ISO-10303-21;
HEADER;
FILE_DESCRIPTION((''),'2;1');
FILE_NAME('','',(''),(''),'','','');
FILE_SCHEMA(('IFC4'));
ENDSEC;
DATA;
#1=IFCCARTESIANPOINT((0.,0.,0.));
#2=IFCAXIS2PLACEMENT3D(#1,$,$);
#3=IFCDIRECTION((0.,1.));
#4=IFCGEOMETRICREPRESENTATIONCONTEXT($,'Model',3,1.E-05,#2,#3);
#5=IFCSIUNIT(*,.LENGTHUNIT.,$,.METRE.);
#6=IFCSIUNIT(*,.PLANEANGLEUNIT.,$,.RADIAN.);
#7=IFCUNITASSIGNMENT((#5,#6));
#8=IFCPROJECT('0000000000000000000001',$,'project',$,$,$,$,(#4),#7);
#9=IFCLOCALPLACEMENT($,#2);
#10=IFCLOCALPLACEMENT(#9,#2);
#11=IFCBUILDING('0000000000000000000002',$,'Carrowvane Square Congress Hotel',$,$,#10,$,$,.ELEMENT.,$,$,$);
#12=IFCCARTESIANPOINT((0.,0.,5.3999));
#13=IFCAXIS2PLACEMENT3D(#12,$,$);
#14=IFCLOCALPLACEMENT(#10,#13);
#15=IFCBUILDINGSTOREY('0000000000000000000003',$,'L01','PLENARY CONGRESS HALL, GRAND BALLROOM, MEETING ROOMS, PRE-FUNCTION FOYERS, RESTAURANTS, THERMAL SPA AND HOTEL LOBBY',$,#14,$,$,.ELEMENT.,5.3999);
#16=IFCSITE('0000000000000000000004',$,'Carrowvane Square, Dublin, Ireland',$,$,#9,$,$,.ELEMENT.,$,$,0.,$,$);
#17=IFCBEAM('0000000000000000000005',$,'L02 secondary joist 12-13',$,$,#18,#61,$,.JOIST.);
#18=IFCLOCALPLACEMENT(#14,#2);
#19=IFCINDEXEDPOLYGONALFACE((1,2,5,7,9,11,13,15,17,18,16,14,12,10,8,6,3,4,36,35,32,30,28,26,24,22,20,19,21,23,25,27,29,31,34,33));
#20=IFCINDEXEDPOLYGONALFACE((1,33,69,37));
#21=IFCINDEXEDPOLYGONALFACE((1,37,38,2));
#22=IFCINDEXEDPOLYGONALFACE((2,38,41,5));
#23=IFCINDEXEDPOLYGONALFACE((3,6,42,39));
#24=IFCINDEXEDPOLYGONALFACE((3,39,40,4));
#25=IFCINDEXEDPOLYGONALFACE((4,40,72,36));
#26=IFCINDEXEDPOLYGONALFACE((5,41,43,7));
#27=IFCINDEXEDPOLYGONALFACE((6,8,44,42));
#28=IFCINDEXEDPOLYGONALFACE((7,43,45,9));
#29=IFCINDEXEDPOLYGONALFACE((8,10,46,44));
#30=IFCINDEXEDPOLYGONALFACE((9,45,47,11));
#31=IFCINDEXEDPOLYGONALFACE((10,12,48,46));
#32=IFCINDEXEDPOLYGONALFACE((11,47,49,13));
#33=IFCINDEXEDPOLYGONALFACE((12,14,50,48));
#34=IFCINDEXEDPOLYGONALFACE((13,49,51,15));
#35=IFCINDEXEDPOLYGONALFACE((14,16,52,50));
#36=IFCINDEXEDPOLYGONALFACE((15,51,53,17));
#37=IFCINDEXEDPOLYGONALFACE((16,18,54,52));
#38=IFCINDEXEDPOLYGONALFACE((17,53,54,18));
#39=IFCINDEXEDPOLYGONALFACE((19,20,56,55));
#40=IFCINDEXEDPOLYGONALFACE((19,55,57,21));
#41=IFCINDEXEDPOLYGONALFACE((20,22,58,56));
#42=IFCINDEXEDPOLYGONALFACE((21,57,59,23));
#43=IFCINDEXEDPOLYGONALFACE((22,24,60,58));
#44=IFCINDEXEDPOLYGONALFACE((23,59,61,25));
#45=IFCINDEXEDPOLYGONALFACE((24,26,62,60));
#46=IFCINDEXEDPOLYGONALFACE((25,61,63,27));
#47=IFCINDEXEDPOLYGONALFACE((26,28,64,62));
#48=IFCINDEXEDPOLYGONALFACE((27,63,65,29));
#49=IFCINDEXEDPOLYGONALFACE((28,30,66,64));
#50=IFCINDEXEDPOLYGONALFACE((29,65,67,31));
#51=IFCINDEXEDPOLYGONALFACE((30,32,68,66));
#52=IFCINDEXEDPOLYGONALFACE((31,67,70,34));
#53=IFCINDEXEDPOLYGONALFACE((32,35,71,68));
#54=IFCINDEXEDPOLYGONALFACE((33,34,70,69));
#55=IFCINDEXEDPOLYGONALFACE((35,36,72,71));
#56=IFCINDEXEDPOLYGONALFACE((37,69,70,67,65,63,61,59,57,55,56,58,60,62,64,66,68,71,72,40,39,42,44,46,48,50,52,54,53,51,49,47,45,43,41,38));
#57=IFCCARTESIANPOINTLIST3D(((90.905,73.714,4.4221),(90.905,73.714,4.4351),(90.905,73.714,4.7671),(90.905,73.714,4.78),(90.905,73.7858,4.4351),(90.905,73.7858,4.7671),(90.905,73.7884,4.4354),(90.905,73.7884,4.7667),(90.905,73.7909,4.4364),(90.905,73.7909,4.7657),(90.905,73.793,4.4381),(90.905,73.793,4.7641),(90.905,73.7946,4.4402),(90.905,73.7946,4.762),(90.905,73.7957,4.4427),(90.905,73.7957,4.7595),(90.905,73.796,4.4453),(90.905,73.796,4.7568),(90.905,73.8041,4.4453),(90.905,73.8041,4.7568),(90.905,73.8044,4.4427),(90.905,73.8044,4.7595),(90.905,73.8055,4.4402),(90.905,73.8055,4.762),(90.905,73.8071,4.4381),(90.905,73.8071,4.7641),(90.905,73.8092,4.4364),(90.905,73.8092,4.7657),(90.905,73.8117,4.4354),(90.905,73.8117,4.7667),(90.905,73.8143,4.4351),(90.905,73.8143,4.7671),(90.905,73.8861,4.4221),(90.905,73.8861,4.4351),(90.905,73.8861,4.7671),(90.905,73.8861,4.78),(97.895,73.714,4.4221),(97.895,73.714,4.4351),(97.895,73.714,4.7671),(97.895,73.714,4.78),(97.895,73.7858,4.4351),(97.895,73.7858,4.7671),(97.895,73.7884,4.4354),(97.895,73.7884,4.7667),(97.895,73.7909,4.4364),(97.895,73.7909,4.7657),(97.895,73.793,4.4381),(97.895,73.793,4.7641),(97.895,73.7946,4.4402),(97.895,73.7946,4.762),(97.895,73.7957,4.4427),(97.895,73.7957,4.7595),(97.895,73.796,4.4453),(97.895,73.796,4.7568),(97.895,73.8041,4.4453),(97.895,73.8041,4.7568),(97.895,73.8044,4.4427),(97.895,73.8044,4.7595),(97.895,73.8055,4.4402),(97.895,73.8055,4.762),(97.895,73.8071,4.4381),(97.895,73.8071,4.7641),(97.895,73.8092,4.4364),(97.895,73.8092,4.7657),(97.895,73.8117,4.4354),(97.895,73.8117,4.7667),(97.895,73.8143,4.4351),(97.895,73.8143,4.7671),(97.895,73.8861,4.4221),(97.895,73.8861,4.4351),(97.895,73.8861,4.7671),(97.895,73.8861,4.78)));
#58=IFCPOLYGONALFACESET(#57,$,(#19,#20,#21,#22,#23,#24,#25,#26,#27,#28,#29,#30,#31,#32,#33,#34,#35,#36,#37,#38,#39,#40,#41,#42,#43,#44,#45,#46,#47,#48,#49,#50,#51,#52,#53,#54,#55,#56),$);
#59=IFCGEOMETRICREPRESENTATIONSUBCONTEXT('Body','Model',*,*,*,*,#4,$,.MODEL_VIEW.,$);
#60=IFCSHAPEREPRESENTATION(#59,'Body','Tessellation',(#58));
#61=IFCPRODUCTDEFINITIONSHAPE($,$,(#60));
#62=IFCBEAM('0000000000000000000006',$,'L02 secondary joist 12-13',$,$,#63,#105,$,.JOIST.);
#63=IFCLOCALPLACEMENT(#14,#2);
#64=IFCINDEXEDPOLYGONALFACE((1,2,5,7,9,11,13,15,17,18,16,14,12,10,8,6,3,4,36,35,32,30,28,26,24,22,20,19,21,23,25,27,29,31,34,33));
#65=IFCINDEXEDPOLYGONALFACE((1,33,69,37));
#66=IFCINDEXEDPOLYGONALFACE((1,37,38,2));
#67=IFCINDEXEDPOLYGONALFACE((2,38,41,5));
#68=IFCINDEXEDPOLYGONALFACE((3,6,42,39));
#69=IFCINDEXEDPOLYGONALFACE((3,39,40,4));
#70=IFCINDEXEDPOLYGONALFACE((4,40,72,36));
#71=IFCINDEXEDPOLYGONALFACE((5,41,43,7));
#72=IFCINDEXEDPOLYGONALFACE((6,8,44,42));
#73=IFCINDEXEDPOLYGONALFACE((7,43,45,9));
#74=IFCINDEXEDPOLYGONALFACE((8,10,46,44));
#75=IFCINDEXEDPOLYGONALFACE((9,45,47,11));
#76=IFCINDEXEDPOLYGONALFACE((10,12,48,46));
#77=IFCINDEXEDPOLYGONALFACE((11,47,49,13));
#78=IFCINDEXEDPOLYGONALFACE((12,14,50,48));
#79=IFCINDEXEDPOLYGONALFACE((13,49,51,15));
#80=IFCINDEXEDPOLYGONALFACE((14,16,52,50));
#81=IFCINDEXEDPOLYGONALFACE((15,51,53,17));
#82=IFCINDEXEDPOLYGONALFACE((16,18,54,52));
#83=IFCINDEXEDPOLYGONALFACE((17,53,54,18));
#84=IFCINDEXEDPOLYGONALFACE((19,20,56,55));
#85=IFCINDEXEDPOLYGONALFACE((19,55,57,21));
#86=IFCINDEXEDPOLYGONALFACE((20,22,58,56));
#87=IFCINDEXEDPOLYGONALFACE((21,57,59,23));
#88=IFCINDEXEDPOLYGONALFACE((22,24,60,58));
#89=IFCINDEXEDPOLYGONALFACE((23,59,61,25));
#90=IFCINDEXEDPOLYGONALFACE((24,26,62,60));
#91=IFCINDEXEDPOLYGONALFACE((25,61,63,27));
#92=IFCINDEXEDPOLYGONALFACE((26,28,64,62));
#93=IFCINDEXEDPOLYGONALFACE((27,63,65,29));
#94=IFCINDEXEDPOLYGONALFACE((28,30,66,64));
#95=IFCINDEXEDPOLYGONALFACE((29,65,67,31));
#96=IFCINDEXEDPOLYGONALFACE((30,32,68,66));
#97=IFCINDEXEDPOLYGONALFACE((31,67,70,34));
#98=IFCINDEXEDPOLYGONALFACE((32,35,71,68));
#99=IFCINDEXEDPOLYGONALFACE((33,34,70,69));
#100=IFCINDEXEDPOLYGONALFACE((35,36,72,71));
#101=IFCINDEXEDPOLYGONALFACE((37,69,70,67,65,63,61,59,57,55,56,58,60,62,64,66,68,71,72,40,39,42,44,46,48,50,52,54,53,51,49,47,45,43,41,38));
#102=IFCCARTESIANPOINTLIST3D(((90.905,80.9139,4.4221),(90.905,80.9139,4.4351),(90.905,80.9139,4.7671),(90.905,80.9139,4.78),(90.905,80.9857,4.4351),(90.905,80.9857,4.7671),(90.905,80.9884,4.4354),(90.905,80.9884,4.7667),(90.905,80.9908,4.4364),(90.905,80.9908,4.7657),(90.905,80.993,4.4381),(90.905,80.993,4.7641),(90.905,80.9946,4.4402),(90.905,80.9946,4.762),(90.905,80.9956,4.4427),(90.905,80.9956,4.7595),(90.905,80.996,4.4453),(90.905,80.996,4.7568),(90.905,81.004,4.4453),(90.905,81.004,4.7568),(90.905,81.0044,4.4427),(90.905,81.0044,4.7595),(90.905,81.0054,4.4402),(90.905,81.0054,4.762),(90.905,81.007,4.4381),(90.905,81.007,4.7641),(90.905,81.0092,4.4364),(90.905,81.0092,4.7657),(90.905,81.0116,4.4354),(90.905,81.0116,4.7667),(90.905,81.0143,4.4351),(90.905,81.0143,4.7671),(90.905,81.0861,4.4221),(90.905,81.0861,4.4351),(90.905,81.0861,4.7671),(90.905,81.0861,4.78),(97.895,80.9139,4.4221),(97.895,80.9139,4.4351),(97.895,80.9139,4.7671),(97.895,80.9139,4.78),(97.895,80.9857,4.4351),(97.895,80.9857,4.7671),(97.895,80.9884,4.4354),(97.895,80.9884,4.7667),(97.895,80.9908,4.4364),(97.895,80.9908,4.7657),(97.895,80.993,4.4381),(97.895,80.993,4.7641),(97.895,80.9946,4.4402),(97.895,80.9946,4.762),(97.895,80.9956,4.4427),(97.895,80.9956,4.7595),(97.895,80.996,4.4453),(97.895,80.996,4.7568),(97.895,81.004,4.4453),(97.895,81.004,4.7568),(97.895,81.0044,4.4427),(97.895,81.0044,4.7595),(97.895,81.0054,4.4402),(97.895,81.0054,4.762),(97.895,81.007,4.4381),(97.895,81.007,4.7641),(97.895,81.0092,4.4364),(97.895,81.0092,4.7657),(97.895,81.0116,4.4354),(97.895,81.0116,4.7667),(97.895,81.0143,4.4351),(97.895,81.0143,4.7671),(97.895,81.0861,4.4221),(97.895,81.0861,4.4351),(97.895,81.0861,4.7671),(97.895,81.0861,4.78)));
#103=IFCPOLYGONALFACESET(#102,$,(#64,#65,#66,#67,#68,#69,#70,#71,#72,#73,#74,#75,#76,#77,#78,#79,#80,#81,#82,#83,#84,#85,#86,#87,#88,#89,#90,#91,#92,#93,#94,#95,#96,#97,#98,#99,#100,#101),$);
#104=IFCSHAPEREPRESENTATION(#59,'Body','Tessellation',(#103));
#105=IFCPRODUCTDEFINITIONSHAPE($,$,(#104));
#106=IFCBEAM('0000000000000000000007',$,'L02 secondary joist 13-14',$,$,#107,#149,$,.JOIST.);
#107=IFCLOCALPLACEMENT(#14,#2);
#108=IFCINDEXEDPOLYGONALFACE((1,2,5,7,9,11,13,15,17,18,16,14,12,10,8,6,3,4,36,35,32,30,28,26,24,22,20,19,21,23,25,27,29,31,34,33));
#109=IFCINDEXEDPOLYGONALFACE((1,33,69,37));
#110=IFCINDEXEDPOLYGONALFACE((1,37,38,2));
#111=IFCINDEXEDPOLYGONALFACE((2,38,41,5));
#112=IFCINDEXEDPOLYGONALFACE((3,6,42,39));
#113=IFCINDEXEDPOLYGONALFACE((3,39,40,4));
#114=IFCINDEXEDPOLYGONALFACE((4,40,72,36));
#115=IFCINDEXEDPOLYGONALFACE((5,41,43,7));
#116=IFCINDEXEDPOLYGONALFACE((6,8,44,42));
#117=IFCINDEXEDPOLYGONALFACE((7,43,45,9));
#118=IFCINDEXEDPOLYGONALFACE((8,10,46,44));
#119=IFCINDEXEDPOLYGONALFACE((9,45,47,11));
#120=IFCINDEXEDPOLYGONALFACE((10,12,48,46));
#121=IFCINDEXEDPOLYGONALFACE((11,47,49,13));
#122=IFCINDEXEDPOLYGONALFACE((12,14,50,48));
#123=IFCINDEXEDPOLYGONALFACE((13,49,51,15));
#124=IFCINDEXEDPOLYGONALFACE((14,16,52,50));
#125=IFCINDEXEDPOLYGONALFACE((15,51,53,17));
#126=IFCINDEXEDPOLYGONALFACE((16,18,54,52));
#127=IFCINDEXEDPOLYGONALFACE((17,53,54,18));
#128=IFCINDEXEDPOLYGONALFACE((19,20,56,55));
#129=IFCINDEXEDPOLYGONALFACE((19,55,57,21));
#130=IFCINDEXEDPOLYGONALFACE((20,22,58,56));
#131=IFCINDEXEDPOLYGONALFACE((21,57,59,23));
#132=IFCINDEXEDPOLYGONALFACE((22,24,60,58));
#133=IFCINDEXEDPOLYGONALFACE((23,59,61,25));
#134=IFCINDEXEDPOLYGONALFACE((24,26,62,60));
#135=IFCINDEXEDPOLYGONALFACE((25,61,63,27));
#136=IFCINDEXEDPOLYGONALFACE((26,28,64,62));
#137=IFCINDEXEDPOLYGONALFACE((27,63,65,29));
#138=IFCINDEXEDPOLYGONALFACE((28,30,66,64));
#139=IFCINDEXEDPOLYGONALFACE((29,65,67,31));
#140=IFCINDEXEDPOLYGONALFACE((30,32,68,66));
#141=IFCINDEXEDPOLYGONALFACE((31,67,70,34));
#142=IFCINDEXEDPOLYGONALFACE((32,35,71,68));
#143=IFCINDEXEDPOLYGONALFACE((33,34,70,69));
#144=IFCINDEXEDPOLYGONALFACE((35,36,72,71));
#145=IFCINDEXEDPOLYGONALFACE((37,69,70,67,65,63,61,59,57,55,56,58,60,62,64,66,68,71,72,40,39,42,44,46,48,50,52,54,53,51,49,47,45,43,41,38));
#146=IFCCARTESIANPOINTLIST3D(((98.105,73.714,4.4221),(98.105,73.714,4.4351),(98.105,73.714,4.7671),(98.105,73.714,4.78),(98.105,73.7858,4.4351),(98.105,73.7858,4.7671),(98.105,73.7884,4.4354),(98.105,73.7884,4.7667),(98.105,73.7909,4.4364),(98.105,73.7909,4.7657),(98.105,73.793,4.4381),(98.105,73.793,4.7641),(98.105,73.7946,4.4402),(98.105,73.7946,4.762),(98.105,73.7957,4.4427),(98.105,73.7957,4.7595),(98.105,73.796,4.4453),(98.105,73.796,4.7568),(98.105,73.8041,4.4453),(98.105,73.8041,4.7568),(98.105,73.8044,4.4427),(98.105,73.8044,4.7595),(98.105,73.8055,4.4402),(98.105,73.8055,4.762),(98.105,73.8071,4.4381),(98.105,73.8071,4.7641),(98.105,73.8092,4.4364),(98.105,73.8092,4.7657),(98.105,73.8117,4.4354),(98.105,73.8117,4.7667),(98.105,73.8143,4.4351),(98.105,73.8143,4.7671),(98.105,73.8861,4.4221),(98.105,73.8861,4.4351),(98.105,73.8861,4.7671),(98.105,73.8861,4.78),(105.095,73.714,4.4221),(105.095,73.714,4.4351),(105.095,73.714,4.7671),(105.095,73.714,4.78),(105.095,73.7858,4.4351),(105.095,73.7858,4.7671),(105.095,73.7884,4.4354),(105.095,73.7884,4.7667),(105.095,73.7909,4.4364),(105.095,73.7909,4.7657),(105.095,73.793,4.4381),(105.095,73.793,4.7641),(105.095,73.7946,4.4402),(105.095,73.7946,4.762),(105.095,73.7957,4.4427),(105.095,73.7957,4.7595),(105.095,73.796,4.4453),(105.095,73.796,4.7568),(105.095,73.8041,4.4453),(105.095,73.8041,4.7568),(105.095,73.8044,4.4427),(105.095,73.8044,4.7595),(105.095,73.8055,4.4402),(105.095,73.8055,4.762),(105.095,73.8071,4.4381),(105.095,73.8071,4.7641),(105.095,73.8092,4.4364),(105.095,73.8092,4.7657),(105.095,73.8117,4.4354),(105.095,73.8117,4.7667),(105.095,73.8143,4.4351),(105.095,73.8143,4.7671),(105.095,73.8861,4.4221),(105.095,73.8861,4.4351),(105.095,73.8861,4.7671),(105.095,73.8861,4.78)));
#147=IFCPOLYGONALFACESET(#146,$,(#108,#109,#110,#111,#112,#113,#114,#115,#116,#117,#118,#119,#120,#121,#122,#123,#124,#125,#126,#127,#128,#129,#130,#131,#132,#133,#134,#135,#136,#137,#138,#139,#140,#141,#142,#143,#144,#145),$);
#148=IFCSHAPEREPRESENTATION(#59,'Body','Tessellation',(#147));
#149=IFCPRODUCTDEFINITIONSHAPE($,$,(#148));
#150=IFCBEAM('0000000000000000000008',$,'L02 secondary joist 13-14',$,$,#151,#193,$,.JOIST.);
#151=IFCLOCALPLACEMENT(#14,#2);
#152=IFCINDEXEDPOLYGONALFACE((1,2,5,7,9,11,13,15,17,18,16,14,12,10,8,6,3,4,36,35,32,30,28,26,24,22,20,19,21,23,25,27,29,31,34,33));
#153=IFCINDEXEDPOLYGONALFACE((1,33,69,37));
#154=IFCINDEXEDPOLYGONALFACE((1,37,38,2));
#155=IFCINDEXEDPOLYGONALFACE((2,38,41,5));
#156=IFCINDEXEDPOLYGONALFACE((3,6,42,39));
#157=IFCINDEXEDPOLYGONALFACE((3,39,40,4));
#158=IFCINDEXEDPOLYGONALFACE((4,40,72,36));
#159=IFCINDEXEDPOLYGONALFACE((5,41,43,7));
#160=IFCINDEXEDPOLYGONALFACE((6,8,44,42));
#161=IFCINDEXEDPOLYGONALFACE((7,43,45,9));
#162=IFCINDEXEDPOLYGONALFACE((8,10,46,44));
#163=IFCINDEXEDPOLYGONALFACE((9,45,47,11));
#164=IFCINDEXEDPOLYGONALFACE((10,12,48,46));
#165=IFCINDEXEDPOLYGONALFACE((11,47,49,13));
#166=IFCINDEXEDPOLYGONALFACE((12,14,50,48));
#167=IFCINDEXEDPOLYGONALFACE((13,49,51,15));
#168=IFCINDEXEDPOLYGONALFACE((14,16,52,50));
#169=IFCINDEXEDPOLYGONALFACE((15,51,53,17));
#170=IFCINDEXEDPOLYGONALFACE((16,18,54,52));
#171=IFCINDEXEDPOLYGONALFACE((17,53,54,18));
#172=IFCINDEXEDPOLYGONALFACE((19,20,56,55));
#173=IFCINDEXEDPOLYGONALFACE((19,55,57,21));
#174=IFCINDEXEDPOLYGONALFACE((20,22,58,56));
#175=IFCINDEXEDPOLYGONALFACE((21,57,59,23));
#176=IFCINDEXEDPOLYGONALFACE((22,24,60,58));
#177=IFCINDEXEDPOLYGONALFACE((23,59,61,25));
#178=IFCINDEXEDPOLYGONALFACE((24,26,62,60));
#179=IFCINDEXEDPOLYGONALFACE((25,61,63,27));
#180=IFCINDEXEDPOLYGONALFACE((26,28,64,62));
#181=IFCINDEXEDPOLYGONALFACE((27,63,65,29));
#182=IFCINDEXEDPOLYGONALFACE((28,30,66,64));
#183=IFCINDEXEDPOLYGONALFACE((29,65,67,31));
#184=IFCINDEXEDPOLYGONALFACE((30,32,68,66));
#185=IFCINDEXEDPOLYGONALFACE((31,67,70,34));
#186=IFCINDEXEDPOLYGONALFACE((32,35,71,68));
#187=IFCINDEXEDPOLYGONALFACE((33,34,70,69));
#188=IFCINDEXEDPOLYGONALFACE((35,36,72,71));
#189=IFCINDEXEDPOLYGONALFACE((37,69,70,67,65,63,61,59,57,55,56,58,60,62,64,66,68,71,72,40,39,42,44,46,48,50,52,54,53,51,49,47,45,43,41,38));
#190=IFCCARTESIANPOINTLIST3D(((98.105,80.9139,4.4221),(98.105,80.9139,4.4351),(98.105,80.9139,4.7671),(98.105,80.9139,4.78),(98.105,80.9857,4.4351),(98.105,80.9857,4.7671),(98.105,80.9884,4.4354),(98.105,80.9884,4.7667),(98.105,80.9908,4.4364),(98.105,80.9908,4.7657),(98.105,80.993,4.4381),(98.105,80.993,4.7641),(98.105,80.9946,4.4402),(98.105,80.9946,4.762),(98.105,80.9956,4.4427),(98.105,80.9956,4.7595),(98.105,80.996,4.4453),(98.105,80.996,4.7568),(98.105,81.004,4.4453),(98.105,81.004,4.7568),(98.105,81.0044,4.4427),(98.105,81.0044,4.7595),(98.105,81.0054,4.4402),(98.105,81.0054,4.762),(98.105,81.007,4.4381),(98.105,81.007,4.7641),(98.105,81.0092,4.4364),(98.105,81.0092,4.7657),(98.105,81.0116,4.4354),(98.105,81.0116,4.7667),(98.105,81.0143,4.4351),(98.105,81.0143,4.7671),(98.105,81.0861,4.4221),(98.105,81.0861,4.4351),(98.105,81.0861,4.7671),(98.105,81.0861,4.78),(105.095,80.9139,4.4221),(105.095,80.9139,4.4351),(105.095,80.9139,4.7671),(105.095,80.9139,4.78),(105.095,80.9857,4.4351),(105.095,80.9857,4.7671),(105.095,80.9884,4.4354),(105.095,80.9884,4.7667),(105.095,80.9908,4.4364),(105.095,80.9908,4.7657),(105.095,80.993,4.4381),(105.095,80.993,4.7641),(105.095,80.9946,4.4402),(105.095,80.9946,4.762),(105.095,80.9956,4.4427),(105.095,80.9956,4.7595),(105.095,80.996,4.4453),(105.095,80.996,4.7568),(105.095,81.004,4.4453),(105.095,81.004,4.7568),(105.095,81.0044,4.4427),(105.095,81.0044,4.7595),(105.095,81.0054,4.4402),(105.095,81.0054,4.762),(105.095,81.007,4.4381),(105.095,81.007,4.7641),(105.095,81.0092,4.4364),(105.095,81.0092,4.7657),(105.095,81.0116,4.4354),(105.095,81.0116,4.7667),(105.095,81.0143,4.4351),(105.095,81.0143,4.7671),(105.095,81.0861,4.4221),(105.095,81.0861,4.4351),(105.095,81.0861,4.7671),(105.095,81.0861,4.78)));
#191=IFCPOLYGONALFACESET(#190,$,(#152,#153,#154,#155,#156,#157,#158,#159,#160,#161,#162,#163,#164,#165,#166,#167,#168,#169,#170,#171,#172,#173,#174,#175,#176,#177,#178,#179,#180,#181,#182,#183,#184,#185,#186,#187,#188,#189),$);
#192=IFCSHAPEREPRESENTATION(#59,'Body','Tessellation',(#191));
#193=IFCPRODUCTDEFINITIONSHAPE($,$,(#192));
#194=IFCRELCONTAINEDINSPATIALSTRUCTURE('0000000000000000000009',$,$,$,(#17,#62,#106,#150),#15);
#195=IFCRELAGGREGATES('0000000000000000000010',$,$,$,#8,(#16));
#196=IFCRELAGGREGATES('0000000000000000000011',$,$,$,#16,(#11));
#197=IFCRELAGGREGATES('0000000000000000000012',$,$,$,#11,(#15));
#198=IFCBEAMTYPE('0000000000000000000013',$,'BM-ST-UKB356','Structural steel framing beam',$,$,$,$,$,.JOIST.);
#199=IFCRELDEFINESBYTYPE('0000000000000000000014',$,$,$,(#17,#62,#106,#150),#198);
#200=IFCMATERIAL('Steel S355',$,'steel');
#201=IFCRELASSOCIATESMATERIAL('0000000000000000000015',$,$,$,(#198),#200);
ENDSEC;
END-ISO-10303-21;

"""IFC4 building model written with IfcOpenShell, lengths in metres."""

from ifc_helpers import new_model, si_unit, direction, frame, origin, origin_2d, place, context, subcontext, project, spatial, i_section, extrude, material, material_profile, profile_set, type_object, element, save


model = new_model("IFC4")

# Units and contexts
model_context = context("Model", 3, precision=1e-05, world=origin(), true_north=direction((0.0, 1.0)))
body_context = subcontext(model_context, "Body", "Model", "MODEL_VIEW")
ifc_project = project(units=[si_unit("LENGTHUNIT", "METRE"), si_unit("PLANEANGLEUNIT", "RADIAN")], contexts=[model_context])

# Site, building, storey
site_placement = place(None, origin())
site = spatial("IfcSite", under=ifc_project, at=site_placement, Name="Carrowvane Square, Dublin, Ireland", CompositionType="ELEMENT", RefElevation=0.0)
building_placement = place(site_placement, origin())
building = spatial("IfcBuilding", under=site, at=building_placement, Name="Carrowvane Square Congress Hotel", CompositionType="ELEMENT")
storey_placement = place(building_placement, frame((0.0, 0.0, 5.3999)))
storey = spatial("IfcBuildingStorey", under=building, at=storey_placement, Name="L01", Description="PLENARY CONGRESS HALL, GRAND BALLROOM, MEETING ROOMS, PRE-FUNCTION FOYERS, RESTAURANTS, THERMAL SPA AND HOTEL LOBBY", CompositionType="ELEMENT", Elevation=5.3999)

# Beams
ifc_material_1 = material(Name="Steel S355", Category="steel")
ifc_material_profile_1 = material_profile(ifc_material_1, i_section(OverallWidth=0.1721, OverallDepth=0.3579, WebThickness=0.0081, FlangeThickness=0.0129, FilletRadius=0.0103, at=origin_2d()), Name="UKB 356x171x57")
ifc_profile_set_1 = profile_set([ifc_material_profile_1], Name="Steel S355")
beam_type_1 = type_object("IfcBeamType", Name="BM-ST-UKB356", Description="Structural steel framing beam", PredefinedType="JOIST", material=ifc_profile_set_1)
for number, where, z_axis, x_axis, name in (
    (1, (90.905, 73.8, 4.6011), (1.0, 0.0, 0.0), (0.0, 1.0, 0.0), "L02 secondary joist 12-13"),
    (2, (90.905, 81.0, 4.6011), (1.0, 0.0, 0.0), (0.0, 1.0, 0.0), "L02 secondary joist 12-13"),
    (3, (98.105, 73.8, 4.6011), (1.0, 0.0, 0.0), (0.0, 1.0, 0.0), "L02 secondary joist 13-14"),
    (4, (98.105, 81.0, 4.6011), (1.0, 0.0, 0.0), (0.0, 1.0, 0.0), "L02 secondary joist 13-14"),
):
    element("IfcBeam", number, at=place(storey_placement, frame(where, z_axis=z_axis, x_axis=x_axis)), inside=storey, type_object=beam_type_1, Name=name, PredefinedType="JOIST", context=body_context, shape_type="SweptSolid", body=[
        extrude(i_section(OverallWidth=0.1721, OverallDepth=0.3579, WebThickness=0.0081, FlangeThickness=0.0129, FilletRadius=0.0103, at=origin_2d()), origin(), (0.0, 0.0, 1.0), 6.99),
    ])

save(model, "model.ifc")
